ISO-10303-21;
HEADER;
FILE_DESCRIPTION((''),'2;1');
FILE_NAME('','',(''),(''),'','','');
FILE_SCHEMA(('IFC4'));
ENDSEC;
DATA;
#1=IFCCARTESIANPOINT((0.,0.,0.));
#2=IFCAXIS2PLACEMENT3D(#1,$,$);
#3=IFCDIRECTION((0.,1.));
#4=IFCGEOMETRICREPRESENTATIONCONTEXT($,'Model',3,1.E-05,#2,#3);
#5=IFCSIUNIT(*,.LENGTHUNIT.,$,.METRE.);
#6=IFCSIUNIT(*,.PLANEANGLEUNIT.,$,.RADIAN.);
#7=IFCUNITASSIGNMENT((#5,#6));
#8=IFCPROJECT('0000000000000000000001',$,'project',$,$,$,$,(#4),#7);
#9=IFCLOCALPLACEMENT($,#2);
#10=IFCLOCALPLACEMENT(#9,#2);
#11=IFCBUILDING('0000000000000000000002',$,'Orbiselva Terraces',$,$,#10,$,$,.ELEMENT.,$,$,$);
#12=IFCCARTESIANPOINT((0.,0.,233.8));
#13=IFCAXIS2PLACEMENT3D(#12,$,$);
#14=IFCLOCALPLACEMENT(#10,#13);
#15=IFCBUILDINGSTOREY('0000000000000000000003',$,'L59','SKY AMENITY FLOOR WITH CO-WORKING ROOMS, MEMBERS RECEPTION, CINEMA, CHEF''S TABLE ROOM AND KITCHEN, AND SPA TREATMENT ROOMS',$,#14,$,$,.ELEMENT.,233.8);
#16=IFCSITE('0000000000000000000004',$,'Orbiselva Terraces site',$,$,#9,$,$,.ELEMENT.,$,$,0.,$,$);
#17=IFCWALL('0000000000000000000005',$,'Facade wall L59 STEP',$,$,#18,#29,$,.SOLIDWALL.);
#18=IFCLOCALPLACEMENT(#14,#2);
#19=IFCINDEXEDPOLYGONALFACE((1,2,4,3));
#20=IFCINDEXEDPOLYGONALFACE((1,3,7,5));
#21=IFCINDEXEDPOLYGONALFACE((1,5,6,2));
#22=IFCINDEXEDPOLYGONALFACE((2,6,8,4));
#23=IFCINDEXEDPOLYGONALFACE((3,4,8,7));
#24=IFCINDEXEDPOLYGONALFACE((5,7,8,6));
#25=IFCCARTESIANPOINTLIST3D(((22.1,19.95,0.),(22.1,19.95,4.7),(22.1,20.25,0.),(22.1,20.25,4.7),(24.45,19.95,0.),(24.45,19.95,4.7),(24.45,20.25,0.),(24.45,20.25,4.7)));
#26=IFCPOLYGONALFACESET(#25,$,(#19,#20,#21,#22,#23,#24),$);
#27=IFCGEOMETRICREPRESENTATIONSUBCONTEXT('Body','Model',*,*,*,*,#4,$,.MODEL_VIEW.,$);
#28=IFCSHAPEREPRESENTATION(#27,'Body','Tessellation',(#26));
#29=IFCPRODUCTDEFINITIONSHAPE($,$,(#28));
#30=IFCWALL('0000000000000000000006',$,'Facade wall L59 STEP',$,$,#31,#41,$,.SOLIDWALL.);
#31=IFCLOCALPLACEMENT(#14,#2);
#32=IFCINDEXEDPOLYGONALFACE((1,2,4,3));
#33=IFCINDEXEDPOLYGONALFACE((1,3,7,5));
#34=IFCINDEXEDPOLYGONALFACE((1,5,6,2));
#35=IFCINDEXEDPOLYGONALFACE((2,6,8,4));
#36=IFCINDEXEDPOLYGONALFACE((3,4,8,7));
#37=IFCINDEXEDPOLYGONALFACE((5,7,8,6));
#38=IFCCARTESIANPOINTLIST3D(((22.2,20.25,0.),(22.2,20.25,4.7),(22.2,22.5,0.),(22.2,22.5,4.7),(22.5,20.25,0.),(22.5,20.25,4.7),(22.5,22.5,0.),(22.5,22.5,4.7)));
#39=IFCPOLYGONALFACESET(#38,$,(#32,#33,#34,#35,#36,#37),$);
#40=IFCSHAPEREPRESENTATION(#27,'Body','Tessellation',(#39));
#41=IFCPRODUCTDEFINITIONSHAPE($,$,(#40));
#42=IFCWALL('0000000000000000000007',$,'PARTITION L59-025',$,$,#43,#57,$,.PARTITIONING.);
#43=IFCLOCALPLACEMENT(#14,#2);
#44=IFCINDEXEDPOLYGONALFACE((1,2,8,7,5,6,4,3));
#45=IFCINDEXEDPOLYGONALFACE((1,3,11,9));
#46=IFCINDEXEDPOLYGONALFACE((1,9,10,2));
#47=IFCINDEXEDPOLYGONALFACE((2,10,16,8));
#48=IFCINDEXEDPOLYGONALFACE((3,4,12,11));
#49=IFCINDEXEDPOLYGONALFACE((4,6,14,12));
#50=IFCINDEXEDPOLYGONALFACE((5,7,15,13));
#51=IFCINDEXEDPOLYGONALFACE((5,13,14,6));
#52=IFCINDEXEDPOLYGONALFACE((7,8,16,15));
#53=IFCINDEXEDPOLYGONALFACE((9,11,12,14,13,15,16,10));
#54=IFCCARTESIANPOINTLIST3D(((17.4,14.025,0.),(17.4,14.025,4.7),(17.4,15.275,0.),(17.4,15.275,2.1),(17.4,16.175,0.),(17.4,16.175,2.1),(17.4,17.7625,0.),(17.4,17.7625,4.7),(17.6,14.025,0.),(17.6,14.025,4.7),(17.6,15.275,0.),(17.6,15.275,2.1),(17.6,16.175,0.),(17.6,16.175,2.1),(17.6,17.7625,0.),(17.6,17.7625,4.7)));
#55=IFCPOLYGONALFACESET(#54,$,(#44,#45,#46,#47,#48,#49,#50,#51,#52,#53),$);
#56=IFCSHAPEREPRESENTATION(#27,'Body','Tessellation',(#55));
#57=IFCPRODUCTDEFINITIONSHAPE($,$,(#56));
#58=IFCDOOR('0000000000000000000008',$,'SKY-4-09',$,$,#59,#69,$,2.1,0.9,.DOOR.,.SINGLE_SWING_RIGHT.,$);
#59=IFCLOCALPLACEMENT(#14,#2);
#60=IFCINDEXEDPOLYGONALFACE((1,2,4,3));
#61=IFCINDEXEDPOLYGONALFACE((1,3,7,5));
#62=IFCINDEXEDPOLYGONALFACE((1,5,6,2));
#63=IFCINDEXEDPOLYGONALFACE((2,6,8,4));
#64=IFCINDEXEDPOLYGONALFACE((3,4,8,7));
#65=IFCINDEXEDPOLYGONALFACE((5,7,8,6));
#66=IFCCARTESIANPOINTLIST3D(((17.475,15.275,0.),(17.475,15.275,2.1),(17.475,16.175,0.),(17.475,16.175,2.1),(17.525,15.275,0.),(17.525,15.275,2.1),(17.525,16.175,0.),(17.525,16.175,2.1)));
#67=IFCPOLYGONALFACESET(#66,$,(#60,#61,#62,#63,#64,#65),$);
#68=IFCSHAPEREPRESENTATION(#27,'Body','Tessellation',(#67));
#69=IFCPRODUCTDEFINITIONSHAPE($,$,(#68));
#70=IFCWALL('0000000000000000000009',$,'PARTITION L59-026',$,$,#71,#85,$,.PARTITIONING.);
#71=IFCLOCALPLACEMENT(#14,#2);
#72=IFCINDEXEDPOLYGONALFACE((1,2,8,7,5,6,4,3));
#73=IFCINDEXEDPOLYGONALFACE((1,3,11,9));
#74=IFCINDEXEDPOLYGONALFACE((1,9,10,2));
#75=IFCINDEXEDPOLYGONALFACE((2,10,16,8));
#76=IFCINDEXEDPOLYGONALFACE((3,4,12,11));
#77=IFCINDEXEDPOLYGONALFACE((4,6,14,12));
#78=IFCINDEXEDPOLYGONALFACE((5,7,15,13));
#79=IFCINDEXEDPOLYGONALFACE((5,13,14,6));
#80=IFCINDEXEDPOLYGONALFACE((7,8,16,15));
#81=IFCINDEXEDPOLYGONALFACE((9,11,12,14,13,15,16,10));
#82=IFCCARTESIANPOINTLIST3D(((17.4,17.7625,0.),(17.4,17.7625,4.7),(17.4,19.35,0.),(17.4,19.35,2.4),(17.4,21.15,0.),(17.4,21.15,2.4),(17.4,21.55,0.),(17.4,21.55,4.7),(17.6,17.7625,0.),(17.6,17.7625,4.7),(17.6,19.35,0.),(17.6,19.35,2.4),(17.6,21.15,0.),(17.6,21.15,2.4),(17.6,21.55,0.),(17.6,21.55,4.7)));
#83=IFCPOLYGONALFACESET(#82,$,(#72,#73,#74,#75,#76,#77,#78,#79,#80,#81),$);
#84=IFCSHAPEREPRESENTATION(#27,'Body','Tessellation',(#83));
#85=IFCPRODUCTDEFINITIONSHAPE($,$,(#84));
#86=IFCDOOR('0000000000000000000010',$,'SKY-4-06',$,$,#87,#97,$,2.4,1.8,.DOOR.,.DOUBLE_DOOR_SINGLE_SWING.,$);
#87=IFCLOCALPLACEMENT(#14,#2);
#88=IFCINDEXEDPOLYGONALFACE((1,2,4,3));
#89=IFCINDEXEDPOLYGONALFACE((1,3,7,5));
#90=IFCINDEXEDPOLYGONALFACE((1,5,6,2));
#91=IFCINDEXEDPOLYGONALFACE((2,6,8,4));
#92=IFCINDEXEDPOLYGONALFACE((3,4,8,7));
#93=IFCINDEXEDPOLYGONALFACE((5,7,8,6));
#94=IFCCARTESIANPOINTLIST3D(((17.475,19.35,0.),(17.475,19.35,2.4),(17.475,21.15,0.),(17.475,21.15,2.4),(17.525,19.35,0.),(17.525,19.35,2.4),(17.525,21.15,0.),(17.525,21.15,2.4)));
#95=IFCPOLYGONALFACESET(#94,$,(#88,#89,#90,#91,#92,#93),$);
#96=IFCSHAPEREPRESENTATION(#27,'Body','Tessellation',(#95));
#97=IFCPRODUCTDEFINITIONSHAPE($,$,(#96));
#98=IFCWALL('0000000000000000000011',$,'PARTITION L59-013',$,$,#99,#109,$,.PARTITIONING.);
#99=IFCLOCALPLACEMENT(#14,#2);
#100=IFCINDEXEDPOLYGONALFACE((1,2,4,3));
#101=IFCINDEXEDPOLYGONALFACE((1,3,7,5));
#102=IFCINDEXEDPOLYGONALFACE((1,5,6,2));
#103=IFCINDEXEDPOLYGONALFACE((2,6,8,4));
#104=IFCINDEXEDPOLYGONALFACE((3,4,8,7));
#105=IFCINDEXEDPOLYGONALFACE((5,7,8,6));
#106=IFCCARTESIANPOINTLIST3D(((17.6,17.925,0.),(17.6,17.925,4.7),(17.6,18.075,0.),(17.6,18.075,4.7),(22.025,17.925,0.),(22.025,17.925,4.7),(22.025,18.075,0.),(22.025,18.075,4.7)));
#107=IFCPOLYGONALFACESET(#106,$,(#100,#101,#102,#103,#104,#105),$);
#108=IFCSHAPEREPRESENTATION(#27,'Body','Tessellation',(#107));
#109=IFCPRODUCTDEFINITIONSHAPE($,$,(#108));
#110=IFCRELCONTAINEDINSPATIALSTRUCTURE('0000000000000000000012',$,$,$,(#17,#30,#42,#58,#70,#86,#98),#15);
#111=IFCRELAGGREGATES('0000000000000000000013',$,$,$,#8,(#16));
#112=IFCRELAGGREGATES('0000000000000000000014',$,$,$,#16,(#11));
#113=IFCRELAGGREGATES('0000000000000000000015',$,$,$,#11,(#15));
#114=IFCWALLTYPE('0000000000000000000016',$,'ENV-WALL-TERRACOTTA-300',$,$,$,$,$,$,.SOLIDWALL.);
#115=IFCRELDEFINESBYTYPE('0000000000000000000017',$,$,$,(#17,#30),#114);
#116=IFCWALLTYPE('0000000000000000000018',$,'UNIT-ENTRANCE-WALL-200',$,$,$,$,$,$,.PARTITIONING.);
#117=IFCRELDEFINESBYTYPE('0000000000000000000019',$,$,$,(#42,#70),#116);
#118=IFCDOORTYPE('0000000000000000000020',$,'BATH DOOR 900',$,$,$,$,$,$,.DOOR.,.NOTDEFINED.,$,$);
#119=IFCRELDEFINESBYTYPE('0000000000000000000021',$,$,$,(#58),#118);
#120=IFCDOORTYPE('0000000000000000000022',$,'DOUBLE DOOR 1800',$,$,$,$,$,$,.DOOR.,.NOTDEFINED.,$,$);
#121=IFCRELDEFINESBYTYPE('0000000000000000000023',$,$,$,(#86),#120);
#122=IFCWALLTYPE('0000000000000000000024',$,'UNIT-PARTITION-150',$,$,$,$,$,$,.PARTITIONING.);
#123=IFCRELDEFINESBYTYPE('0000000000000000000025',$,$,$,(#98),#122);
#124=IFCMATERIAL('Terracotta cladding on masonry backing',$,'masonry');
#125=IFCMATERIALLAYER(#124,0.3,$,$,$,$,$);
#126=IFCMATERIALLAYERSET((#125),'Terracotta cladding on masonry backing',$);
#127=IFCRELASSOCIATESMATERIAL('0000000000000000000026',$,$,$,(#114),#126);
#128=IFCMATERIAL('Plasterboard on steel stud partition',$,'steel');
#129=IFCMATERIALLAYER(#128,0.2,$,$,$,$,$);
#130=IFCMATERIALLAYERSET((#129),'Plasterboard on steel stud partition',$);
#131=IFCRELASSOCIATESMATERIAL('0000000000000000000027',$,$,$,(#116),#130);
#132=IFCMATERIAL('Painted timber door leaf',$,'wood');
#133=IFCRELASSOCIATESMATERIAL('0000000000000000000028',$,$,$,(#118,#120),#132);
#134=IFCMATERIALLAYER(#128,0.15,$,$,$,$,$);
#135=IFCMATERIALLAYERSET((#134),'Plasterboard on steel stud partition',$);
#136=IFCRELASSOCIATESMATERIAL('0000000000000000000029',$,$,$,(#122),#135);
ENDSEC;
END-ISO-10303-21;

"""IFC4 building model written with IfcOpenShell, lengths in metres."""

from ifc_helpers import new_model, si_unit, direction, frame, frame_2d, origin, place, context, subcontext, project, spatial, rectangle, extrude, material, layer, layer_set, type_object, element, fill, save


model = new_model("IFC4")

# Units and contexts
model_context = context("Model", 3, precision=1e-05, world=origin(), true_north=direction((0.0, 1.0)))
body_context = subcontext(model_context, "Body", "Model", "MODEL_VIEW")
ifc_project = project(units=[si_unit("LENGTHUNIT", "METRE"), si_unit("PLANEANGLEUNIT", "RADIAN")], contexts=[model_context])

# Site, building, storey
site_placement = place(None, origin())
site = spatial("IfcSite", under=ifc_project, at=site_placement, Name="Orbiselva Terraces site", CompositionType="ELEMENT", RefElevation=0.0)
building_placement = place(site_placement, origin())
building = spatial("IfcBuilding", under=site, at=building_placement, Name="Orbiselva Terraces", CompositionType="ELEMENT")
storey_placement = place(building_placement, frame((0.0, 0.0, 233.8)))
storey = spatial("IfcBuildingStorey", under=building, at=storey_placement, Name="L59", Description="SKY AMENITY FLOOR WITH CO-WORKING ROOMS, MEMBERS RECEPTION, CINEMA, CHEF'S TABLE ROOM AND KITCHEN, AND SPA TREATMENT ROOMS", CompositionType="ELEMENT", Elevation=233.8)

# Walls
ifc_material_1 = material(Name="Terracotta cladding on masonry backing", Category="masonry")
ifc_layer_1 = layer(ifc_material_1, 0.3)
ifc_layer_set_1 = layer_set([ifc_layer_1], Name="Terracotta cladding on masonry backing")
wall_type_1 = type_object("IfcWallType", Name="ENV-WALL-TERRACOTTA-300", PredefinedType="SOLIDWALL", material=ifc_layer_set_1)
wall_1_placement = place(storey_placement, frame((22.1, 20.1, 0.0), z_axis=(0.0, 0.0, 1.0), x_axis=(1.0, 0.0, 0.0)))
element("IfcWall", 1, at=wall_1_placement, inside=storey, type_object=wall_type_1, Name="Facade wall L59 STEP", PredefinedType="SOLIDWALL", context=body_context, shape_type="SweptSolid", body=[
    extrude(rectangle(XDim=2.35, YDim=0.3, at=frame_2d((1.175, 0.0))), origin(), (0.0, 0.0, 1.0), 4.7),
])
wall_2_placement = place(storey_placement, frame((22.35, 22.5, 0.0), z_axis=(0.0, 0.0, 1.0), x_axis=(0.0, -1.0, 0.0)))
element("IfcWall", 2, at=wall_2_placement, inside=storey, type_object=wall_type_1, Name="Facade wall L59 STEP", PredefinedType="SOLIDWALL", context=body_context, shape_type="SweptSolid", body=[
    extrude(rectangle(XDim=2.25, YDim=0.3, at=frame_2d((1.125, 0.0))), origin(), (0.0, 0.0, 1.0), 4.7),
])

# Walls, openings, doors
ifc_material_2 = material(Name="Plasterboard on steel stud partition", Category="steel")
ifc_layer_2 = layer(ifc_material_2, 0.2)
ifc_layer_set_2 = layer_set([ifc_layer_2], Name="Plasterboard on steel stud partition")
wall_type_2 = type_object("IfcWallType", Name="UNIT-ENTRANCE-WALL-200", PredefinedType="PARTITIONING", material=ifc_layer_set_2)
wall_3_placement = place(storey_placement, frame((17.5, 17.7625, 0.0), z_axis=(0.0, 0.0, 1.0), x_axis=(0.0, -1.0, 0.0)))
wall_3 = element("IfcWall", 3, at=wall_3_placement, inside=storey, type_object=wall_type_2, Name="PARTITION L59-025", PredefinedType="PARTITIONING", context=body_context, shape_type="SweptSolid", body=[
    extrude(rectangle(XDim=3.7375, YDim=0.2, at=frame_2d((1.8687, 0.0))), origin(), (0.0, 0.0, 1.0), 4.7),
])
opening_1_placement = place(wall_3_placement, frame((1.5875, 0.0, 0.0)))
opening_1 = element("IfcOpeningElement", 4, at=opening_1_placement, cuts=wall_3, PredefinedType="OPENING", context=body_context, shape_type="SweptSolid", body=[
    extrude(rectangle(XDim=0.9, YDim=2.1, at=frame_2d((0.45, 1.05))), frame((0.0, 0.11, 0.0), z_axis=(0.0, -1.0, 0.0), x_axis=(1.0, 0.0, 0.0)), (0.0, 0.0, 1.0), 0.22),
])
ifc_material_3 = material(Name="Painted timber door leaf", Category="wood")
door_type_1 = type_object("IfcDoorType", Name="BATH DOOR 900", OperationType="NOTDEFINED", PredefinedType="DOOR", material=ifc_material_3)
door_1_placement = place(opening_1_placement, origin())
door_1 = element("IfcDoor", 5, at=door_1_placement, inside=storey, type_object=door_type_1, Name="SKY-4-09", OperationType="SINGLE_SWING_RIGHT", OverallHeight=2.1, OverallWidth=0.9, PredefinedType="DOOR", context=body_context, shape_type="SweptSolid", body=[
    extrude(rectangle(XDim=0.9, YDim=2.1, at=frame_2d((0.45, 1.05))), frame((0.0, 0.025, 0.0), z_axis=(0.0, -1.0, 0.0), x_axis=(1.0, 0.0, 0.0)), (0.0, 0.0, 1.0), 0.05),
])
fill(opening_1, door_1)
wall_4_placement = place(storey_placement, frame((17.5, 17.7625, 0.0), z_axis=(0.0, 0.0, 1.0), x_axis=(0.0, 1.0, 0.0)))
wall_4 = element("IfcWall", 6, at=wall_4_placement, inside=storey, type_object=wall_type_2, Name="PARTITION L59-026", PredefinedType="PARTITIONING", context=body_context, shape_type="SweptSolid", body=[
    extrude(rectangle(XDim=3.7875, YDim=0.2, at=frame_2d((1.8938, 0.0))), origin(), (0.0, 0.0, 1.0), 4.7),
])
opening_2_placement = place(wall_4_placement, frame((1.5875, 0.0, 0.0)))
opening_2 = element("IfcOpeningElement", 7, at=opening_2_placement, cuts=wall_4, PredefinedType="OPENING", context=body_context, shape_type="SweptSolid", body=[
    extrude(rectangle(XDim=1.8, YDim=2.4, at=frame_2d((0.9, 1.2))), frame((0.0, 0.11, 0.0), z_axis=(0.0, -1.0, 0.0), x_axis=(1.0, 0.0, 0.0)), (0.0, 0.0, 1.0), 0.22),
])
door_type_2 = type_object("IfcDoorType", Name="DOUBLE DOOR 1800", OperationType="NOTDEFINED", PredefinedType="DOOR", material=ifc_material_3)
door_2_placement = place(opening_2_placement, origin())
door_2 = element("IfcDoor", 8, at=door_2_placement, inside=storey, type_object=door_type_2, Name="SKY-4-06", OperationType="DOUBLE_DOOR_SINGLE_SWING", OverallHeight=2.4, OverallWidth=1.8, PredefinedType="DOOR", context=body_context, shape_type="SweptSolid", body=[
    extrude(rectangle(XDim=1.8, YDim=2.4, at=frame_2d((0.9, 1.2))), frame((0.0, 0.025, 0.0), z_axis=(0.0, -1.0, 0.0), x_axis=(1.0, 0.0, 0.0)), (0.0, 0.0, 1.0), 0.05),
])
fill(opening_2, door_2)

# Wall
ifc_layer_3 = layer(ifc_material_2, 0.15)
ifc_layer_set_3 = layer_set([ifc_layer_3], Name="Plasterboard on steel stud partition")
wall_type_3 = type_object("IfcWallType", Name="UNIT-PARTITION-150", PredefinedType="PARTITIONING", material=ifc_layer_set_3)
wall_5_placement = place(storey_placement, frame((17.6, 18.0, 0.0), z_axis=(0.0, 0.0, 1.0), x_axis=(1.0, 0.0, 0.0)))
element("IfcWall", 9, at=wall_5_placement, inside=storey, type_object=wall_type_3, Name="PARTITION L59-013", PredefinedType="PARTITIONING", context=body_context, shape_type="SweptSolid", body=[
    extrude(rectangle(XDim=4.425, YDim=0.15, at=frame_2d((2.2125, 0.0))), origin(), (0.0, 0.0, 1.0), 4.7),
])

save(model, "model.ifc")
